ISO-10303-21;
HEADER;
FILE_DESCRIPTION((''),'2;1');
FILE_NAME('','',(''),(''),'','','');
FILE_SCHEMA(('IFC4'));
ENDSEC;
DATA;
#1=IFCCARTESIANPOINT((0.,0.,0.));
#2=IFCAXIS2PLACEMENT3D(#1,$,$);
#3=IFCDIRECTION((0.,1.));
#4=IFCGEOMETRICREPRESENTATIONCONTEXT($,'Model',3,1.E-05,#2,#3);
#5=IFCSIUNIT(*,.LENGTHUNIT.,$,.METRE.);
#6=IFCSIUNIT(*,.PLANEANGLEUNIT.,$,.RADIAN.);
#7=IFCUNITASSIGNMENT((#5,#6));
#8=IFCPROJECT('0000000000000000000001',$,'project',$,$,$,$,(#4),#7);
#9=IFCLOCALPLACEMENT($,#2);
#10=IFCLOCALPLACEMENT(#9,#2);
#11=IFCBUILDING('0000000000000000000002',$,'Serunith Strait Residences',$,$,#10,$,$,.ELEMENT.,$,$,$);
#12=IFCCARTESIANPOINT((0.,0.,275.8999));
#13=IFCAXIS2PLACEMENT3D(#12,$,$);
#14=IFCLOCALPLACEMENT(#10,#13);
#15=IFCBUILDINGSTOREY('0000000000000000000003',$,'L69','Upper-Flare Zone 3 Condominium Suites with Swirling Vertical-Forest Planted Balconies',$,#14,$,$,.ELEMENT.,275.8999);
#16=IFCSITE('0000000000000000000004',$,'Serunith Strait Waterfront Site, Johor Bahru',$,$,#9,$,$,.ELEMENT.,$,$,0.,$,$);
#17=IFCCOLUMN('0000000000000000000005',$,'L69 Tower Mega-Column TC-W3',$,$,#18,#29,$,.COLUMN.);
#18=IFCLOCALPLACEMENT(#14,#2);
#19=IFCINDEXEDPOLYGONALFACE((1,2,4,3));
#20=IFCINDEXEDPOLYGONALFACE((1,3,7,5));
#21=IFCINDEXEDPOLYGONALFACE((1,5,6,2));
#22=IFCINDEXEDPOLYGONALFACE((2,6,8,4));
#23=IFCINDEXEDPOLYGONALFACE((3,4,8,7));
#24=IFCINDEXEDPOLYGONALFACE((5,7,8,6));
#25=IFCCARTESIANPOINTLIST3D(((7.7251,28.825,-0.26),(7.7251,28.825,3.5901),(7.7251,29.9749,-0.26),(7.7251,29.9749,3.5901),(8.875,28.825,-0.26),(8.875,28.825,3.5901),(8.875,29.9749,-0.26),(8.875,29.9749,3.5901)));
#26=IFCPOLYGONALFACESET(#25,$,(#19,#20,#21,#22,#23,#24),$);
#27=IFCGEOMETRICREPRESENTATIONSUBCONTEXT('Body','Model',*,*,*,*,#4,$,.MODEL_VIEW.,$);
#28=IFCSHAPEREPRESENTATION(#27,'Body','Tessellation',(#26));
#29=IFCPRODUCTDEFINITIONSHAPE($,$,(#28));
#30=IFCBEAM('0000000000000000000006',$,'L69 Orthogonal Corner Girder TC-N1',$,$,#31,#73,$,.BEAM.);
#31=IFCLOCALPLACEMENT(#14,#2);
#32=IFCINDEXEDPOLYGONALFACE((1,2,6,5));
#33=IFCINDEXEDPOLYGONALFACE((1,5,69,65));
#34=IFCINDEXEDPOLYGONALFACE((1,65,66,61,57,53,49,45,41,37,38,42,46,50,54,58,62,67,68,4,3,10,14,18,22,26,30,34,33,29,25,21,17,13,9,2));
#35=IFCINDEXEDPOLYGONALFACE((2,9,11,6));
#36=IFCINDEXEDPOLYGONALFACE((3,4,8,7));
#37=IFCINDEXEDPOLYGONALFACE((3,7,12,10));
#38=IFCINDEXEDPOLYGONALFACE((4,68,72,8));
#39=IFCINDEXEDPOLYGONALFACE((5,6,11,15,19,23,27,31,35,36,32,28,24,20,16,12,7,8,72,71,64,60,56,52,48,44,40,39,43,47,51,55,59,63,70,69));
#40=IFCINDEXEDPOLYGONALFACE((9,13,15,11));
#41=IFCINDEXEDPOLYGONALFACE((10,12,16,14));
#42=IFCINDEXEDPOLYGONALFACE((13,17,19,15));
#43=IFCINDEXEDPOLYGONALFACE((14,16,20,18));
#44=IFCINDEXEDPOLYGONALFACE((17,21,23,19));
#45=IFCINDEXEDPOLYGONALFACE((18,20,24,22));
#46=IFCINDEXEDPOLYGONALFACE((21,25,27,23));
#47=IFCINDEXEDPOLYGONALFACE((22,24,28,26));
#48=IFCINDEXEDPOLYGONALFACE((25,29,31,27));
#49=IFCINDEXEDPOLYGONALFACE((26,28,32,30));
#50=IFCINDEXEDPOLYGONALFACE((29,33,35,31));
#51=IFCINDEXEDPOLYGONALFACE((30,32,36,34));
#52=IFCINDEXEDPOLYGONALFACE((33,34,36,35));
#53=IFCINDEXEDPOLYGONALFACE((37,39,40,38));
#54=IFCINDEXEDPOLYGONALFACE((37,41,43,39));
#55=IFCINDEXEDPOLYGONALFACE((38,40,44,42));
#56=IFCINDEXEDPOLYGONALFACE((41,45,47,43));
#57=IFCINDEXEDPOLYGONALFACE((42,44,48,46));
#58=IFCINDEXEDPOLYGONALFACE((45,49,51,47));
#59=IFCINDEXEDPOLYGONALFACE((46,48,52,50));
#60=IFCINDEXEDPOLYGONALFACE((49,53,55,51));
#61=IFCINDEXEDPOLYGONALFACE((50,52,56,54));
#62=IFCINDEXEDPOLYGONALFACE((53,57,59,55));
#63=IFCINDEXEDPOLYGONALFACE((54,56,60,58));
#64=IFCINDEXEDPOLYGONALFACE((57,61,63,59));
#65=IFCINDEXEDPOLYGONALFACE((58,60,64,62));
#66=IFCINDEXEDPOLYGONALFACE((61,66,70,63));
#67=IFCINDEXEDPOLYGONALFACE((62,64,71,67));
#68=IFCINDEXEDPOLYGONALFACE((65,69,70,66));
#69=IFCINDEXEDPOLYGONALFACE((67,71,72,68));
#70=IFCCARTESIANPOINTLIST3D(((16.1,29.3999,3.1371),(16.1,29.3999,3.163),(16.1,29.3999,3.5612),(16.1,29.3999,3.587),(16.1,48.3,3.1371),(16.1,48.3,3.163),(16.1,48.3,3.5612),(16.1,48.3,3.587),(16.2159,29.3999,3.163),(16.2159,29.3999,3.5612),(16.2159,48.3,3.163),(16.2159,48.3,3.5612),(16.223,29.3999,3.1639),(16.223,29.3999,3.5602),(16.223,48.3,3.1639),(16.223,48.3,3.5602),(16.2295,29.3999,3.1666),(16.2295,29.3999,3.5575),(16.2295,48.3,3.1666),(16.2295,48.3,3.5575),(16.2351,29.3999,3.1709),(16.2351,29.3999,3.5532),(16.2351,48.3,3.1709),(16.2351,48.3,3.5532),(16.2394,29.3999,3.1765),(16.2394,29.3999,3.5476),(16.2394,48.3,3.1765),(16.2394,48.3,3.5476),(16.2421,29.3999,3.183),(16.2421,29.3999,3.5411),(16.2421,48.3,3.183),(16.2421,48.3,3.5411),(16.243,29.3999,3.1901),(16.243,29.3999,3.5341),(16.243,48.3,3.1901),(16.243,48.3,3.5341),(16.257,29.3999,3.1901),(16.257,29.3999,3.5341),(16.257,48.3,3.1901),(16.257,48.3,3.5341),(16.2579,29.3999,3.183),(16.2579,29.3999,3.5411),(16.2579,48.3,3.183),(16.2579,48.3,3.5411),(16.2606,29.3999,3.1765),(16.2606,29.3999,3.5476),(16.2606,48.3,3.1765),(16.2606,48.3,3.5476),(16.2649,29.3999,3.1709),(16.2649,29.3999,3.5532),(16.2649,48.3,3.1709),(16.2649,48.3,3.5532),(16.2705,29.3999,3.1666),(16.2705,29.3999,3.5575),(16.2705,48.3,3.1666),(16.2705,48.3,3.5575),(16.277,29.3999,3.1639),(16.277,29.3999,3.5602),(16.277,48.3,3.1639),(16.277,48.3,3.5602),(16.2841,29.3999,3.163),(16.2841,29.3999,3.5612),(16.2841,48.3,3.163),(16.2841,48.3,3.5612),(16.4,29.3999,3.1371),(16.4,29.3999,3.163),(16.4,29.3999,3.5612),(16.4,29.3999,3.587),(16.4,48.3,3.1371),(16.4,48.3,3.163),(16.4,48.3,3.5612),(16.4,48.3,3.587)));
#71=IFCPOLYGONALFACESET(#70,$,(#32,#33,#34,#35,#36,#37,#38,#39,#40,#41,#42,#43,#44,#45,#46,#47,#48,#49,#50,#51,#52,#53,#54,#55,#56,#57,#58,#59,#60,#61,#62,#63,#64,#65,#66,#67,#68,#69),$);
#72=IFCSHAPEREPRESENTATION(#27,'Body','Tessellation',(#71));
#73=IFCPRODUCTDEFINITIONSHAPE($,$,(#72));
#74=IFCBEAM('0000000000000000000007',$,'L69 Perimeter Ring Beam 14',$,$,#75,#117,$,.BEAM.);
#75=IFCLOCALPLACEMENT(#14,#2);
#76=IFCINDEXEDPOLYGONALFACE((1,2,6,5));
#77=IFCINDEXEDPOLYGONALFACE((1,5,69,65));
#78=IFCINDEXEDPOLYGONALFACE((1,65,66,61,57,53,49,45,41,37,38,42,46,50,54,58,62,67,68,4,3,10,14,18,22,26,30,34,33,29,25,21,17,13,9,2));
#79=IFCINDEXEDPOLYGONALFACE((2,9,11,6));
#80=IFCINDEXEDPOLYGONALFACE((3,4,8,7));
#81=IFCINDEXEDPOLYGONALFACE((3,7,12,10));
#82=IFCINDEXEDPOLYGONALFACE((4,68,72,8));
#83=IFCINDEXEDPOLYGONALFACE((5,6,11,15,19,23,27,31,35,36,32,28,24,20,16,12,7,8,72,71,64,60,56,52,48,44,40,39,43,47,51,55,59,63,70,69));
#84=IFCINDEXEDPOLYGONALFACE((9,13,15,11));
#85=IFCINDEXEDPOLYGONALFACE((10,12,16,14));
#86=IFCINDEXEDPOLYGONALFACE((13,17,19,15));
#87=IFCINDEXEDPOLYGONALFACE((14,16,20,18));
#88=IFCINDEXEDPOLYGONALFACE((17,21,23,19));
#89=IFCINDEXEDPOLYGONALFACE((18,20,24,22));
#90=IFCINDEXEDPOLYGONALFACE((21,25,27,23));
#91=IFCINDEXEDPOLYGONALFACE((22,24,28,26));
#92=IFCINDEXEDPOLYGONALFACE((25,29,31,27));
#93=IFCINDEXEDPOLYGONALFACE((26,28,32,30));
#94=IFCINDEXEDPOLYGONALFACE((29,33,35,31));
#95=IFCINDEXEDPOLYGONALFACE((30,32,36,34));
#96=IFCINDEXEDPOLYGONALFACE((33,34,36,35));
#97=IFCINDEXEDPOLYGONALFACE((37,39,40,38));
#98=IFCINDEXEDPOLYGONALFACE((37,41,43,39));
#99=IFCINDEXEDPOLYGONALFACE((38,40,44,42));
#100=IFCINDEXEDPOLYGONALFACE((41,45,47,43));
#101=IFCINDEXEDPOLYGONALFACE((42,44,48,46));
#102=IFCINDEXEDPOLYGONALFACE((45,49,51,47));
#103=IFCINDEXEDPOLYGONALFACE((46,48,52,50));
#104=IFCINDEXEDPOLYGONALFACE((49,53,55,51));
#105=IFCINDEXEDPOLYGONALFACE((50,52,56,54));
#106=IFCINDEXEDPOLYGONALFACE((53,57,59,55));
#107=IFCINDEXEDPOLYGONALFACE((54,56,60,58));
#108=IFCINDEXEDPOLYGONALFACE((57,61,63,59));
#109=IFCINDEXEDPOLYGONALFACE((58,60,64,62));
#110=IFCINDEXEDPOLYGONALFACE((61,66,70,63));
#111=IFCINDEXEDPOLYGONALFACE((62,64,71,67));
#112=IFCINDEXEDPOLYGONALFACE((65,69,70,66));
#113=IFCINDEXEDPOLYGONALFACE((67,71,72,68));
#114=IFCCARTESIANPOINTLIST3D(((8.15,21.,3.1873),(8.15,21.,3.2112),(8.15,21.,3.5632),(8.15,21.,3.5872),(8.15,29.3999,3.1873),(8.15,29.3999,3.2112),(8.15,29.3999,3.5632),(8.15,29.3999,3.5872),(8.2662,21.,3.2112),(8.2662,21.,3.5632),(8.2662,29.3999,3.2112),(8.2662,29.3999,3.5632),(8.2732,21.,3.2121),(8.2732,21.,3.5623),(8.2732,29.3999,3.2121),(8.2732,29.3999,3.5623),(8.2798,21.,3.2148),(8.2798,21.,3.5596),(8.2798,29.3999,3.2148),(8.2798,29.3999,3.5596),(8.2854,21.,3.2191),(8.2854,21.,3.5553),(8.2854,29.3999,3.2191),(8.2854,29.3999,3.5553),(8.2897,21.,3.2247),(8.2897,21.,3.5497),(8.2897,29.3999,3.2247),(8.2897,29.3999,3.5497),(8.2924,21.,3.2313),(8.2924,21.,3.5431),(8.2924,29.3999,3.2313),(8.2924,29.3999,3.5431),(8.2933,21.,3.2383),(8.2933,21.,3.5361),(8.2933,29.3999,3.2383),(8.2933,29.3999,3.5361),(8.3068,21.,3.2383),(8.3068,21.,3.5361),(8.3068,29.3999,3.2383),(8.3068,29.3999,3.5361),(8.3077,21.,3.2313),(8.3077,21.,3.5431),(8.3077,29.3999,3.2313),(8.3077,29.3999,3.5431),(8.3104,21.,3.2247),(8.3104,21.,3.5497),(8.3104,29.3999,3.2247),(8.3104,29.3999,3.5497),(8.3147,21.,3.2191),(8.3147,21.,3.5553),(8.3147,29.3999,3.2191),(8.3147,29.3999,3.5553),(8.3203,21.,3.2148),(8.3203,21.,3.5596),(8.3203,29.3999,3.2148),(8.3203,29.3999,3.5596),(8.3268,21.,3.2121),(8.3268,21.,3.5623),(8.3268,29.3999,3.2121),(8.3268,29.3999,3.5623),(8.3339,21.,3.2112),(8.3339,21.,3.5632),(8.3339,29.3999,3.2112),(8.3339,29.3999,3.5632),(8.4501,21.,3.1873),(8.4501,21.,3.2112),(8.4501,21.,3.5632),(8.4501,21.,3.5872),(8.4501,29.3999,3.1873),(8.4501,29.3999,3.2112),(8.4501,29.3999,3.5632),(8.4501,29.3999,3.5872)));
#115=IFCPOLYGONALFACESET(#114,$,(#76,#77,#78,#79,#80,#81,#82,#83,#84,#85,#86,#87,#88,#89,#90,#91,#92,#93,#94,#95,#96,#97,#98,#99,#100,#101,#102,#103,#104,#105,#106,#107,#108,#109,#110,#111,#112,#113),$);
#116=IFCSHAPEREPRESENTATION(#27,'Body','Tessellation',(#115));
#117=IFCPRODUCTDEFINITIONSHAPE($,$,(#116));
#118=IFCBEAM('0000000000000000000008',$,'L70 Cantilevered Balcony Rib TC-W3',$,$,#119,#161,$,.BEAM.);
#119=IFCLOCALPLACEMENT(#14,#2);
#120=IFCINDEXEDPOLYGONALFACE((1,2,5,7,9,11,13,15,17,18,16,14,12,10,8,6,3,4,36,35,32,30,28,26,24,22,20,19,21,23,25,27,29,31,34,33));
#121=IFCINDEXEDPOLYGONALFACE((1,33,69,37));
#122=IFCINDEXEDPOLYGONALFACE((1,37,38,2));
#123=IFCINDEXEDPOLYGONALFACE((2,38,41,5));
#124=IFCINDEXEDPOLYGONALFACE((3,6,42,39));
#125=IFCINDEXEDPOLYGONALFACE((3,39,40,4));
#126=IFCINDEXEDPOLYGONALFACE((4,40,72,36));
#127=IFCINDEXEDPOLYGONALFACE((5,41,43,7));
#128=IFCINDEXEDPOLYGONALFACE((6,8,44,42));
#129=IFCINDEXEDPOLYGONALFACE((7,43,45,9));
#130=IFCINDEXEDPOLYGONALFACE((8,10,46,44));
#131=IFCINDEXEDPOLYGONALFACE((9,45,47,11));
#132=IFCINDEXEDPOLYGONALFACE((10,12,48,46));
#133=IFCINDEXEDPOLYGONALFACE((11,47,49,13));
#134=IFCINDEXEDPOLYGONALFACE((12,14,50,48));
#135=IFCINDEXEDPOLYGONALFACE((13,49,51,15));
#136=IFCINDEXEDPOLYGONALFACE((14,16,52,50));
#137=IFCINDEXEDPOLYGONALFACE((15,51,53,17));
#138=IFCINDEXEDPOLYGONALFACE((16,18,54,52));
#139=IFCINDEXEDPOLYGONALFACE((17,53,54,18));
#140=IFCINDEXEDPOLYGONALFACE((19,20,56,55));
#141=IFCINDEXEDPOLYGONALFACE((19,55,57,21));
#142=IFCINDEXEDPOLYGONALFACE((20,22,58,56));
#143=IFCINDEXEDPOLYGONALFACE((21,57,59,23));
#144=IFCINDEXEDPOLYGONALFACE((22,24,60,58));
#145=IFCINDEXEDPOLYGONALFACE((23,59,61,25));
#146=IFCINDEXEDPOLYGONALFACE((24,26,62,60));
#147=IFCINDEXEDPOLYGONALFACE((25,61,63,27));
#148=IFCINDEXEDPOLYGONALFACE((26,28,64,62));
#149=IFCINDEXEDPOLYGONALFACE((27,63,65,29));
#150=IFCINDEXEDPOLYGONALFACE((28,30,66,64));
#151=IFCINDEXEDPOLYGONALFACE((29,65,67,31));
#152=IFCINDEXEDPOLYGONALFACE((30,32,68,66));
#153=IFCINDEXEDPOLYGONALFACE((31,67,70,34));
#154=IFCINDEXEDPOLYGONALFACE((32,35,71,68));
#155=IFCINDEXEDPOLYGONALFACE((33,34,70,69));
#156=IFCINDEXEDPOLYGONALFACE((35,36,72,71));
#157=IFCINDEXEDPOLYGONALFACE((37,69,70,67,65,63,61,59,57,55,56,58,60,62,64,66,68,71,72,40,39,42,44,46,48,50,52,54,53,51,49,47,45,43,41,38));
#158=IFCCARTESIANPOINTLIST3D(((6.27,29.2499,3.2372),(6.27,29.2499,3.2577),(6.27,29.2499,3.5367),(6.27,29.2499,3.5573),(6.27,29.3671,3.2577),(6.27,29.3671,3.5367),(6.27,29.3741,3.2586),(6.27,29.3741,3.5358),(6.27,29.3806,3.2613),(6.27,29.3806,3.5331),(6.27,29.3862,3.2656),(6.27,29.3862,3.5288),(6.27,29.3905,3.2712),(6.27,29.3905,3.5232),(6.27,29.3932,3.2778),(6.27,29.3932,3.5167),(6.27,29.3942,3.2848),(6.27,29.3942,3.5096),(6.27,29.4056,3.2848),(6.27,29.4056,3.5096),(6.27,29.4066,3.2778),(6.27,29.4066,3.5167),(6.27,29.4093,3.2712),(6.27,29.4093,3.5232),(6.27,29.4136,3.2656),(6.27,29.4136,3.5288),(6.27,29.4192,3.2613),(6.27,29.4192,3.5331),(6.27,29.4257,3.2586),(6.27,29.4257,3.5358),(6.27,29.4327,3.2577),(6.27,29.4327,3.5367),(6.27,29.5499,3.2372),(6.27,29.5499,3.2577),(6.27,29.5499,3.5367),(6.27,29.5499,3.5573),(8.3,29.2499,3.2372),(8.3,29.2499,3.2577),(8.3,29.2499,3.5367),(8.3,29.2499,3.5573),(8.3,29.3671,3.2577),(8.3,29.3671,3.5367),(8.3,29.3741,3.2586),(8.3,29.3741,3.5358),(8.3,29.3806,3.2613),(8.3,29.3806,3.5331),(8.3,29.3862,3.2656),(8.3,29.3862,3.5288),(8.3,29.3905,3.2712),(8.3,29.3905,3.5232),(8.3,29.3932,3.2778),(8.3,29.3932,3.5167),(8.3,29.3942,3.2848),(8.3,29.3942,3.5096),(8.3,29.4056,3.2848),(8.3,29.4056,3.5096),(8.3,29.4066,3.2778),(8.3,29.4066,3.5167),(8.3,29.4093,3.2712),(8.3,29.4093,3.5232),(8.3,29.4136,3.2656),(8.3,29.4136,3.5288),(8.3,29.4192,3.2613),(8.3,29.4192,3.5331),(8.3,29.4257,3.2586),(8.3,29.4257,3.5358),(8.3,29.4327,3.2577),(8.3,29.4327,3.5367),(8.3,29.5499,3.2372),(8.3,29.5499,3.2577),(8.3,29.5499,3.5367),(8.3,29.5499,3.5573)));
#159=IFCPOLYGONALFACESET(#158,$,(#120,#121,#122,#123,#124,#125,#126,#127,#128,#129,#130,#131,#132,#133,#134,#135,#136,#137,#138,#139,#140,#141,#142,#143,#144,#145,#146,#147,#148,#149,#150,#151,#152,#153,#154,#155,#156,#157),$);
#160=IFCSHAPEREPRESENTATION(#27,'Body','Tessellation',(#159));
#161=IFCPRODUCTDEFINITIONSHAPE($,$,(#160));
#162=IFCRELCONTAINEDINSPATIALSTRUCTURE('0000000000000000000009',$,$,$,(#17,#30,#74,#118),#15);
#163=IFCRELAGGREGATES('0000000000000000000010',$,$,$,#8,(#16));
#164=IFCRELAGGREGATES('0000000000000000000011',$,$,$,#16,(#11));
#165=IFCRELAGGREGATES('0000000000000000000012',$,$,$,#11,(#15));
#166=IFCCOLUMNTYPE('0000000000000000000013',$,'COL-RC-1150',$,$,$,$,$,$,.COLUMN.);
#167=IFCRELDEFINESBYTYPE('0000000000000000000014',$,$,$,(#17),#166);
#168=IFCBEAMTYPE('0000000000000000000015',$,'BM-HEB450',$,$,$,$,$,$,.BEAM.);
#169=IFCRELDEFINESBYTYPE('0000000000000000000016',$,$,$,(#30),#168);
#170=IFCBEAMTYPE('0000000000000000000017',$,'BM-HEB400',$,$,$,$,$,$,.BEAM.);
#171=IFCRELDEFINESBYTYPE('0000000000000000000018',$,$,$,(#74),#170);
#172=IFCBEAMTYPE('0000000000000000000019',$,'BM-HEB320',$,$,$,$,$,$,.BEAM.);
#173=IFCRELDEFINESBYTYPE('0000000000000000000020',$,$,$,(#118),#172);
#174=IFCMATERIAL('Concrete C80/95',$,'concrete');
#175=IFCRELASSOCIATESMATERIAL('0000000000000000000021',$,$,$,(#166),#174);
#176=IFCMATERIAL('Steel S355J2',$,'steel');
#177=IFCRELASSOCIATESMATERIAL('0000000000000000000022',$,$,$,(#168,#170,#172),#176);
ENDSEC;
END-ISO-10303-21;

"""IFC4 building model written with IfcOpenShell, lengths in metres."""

from ifc_helpers import new_model, si_unit, direction, frame, origin, origin_2d, place, context, subcontext, project, spatial, rectangle, i_section, extrude, source, transform, mapped, material, material_profile, profile_set, type_object, element, save


model = new_model("IFC4")

# Units and contexts
model_context = context("Model", 3, precision=1e-05, world=origin(), true_north=direction((0.0, 1.0)))
body_context = subcontext(model_context, "Body", "Model", "MODEL_VIEW")
ifc_project = project(units=[si_unit("LENGTHUNIT", "METRE"), si_unit("PLANEANGLEUNIT", "RADIAN")], contexts=[model_context])

# Site, building, storey
site_placement = place(None, origin())
site = spatial("IfcSite", under=ifc_project, at=site_placement, Name="Serunith Strait Waterfront Site, Johor Bahru", CompositionType="ELEMENT", RefElevation=0.0)
building_placement = place(site_placement, origin())
building = spatial("IfcBuilding", under=site, at=building_placement, Name="Serunith Strait Residences", CompositionType="ELEMENT")
storey_placement = place(building_placement, frame((0.0, 0.0, 275.8999)))
storey = spatial("IfcBuildingStorey", under=building, at=storey_placement, Name="L69", Description="Upper-Flare Zone 3 Condominium Suites with Swirling Vertical-Forest Planted Balconies", CompositionType="ELEMENT", Elevation=275.8999)

# Column
ifc_material_1 = material(Name="Concrete C80/95", Category="concrete")
ifc_material_profile_1 = material_profile(ifc_material_1, rectangle(XDim=1.1499, YDim=1.1499, at=origin_2d()), Name="RC 1150x1150")
ifc_profile_set_1 = profile_set([ifc_material_profile_1], Name="Concrete C80/95")
column_type = type_object("IfcColumnType", Name="COL-RC-1150", PredefinedType="COLUMN", material=ifc_profile_set_1)
shared_shape_1 = source(origin(), body_context, "Body", "SweptSolid", [
    extrude(rectangle(XDim=1.1499, YDim=1.1499, at=origin_2d()), origin(), (0.0, 0.0, 1.0), 3.8501),
])
column_placement = place(storey_placement, frame((8.3, 29.3999, -0.26), z_axis=(0.0, 0.0, 1.0), x_axis=(1.0, 0.0, 0.0)))
element("IfcColumn", 1, at=column_placement, inside=storey, type_object=column_type, Name="L69 Tower Mega-Column TC-W3", PredefinedType="COLUMN", context=body_context, shape_type="MappedRepresentation", body=[
    mapped(shared_shape_1, transform((0.0, 0.0, 0.0), scale=1.0)),
])

# Beams
ifc_material_2 = material(Name="Steel S355J2", Category="steel")
ifc_material_profile_2 = material_profile(ifc_material_2, i_section(OverallWidth=0.3, OverallDepth=0.45, WebThickness=0.0139, FlangeThickness=0.0259, FilletRadius=0.0271, at=origin_2d()), Name="HEB 450")
ifc_profile_set_2 = profile_set([ifc_material_profile_2], Name="Steel S355J2")
beam_type_1 = type_object("IfcBeamType", Name="BM-HEB450", PredefinedType="BEAM", material=ifc_profile_set_2)
shared_shape_2 = source(origin(), body_context, "Body", "SweptSolid", [
    extrude(i_section(OverallWidth=0.3, OverallDepth=0.45, WebThickness=0.0139, FlangeThickness=0.0259, FilletRadius=0.0271, at=origin_2d()), origin(), (0.0, 0.0, 1.0), 18.9001),
])
beam_1_placement = place(storey_placement, frame((16.25, 29.3999, 3.3621), z_axis=(0.0, 1.0, 0.0), x_axis=(-1.0, 0.0, 0.0)))
element("IfcBeam", 2, at=beam_1_placement, inside=storey, type_object=beam_type_1, Name="L69 Orthogonal Corner Girder TC-N1", PredefinedType="BEAM", context=body_context, shape_type="MappedRepresentation", body=[
    mapped(shared_shape_2, transform((0.0, 0.0, 0.0), scale=1.0)),
])
ifc_material_profile_3 = material_profile(ifc_material_2, i_section(OverallWidth=0.3, OverallDepth=0.3999, WebThickness=0.0134, FlangeThickness=0.0239, FilletRadius=0.0271, at=origin_2d()), Name="HEB 400")
ifc_profile_set_3 = profile_set([ifc_material_profile_3], Name="Steel S355J2")
beam_type_2 = type_object("IfcBeamType", Name="BM-HEB400", PredefinedType="BEAM", material=ifc_profile_set_3)
shared_shape_3 = source(origin(), body_context, "Body", "SweptSolid", [
    extrude(i_section(OverallWidth=0.3, OverallDepth=0.3999, WebThickness=0.0134, FlangeThickness=0.0239, FilletRadius=0.0271, at=origin_2d()), origin(), (0.0, 0.0, 1.0), 8.3999),
])
beam_2_placement = place(storey_placement, frame((8.3, 29.3999, 3.3872), z_axis=(0.0, -1.0, 0.0), x_axis=(1.0, 0.0, 0.0)))
element("IfcBeam", 3, at=beam_2_placement, inside=storey, type_object=beam_type_2, Name="L69 Perimeter Ring Beam 14", PredefinedType="BEAM", context=body_context, shape_type="MappedRepresentation", body=[
    mapped(shared_shape_3, transform((0.0, 0.0, 0.0), scale=1.0)),
])
ifc_material_profile_4 = material_profile(ifc_material_2, i_section(OverallWidth=0.3, OverallDepth=0.3201, WebThickness=0.0115, FlangeThickness=0.0205, FilletRadius=0.0271, at=origin_2d()), Name="HEB 320")
ifc_profile_set_4 = profile_set([ifc_material_profile_4], Name="Steel S355J2")
beam_type_3 = type_object("IfcBeamType", Name="BM-HEB320", PredefinedType="BEAM", material=ifc_profile_set_4)
shared_shape_4 = source(origin(), body_context, "Body", "SweptSolid", [
    extrude(i_section(OverallWidth=0.3, OverallDepth=0.3201, WebThickness=0.0115, FlangeThickness=0.0205, FilletRadius=0.0271, at=origin_2d()), origin(), (0.0, 0.0, 1.0), 2.03),
])
beam_3_placement = place(storey_placement, frame((8.3, 29.3999, 3.3972), z_axis=(-1.0, 0.0, 0.0), x_axis=(0.0, -1.0, 0.0)))
element("IfcBeam", 4, at=beam_3_placement, inside=storey, type_object=beam_type_3, Name="L70 Cantilevered Balcony Rib TC-W3", PredefinedType="BEAM", context=body_context, shape_type="MappedRepresentation", body=[
    mapped(shared_shape_4, transform((0.0, 0.0, 0.0), scale=1.0)),
])

save(model, "model.ifc")
